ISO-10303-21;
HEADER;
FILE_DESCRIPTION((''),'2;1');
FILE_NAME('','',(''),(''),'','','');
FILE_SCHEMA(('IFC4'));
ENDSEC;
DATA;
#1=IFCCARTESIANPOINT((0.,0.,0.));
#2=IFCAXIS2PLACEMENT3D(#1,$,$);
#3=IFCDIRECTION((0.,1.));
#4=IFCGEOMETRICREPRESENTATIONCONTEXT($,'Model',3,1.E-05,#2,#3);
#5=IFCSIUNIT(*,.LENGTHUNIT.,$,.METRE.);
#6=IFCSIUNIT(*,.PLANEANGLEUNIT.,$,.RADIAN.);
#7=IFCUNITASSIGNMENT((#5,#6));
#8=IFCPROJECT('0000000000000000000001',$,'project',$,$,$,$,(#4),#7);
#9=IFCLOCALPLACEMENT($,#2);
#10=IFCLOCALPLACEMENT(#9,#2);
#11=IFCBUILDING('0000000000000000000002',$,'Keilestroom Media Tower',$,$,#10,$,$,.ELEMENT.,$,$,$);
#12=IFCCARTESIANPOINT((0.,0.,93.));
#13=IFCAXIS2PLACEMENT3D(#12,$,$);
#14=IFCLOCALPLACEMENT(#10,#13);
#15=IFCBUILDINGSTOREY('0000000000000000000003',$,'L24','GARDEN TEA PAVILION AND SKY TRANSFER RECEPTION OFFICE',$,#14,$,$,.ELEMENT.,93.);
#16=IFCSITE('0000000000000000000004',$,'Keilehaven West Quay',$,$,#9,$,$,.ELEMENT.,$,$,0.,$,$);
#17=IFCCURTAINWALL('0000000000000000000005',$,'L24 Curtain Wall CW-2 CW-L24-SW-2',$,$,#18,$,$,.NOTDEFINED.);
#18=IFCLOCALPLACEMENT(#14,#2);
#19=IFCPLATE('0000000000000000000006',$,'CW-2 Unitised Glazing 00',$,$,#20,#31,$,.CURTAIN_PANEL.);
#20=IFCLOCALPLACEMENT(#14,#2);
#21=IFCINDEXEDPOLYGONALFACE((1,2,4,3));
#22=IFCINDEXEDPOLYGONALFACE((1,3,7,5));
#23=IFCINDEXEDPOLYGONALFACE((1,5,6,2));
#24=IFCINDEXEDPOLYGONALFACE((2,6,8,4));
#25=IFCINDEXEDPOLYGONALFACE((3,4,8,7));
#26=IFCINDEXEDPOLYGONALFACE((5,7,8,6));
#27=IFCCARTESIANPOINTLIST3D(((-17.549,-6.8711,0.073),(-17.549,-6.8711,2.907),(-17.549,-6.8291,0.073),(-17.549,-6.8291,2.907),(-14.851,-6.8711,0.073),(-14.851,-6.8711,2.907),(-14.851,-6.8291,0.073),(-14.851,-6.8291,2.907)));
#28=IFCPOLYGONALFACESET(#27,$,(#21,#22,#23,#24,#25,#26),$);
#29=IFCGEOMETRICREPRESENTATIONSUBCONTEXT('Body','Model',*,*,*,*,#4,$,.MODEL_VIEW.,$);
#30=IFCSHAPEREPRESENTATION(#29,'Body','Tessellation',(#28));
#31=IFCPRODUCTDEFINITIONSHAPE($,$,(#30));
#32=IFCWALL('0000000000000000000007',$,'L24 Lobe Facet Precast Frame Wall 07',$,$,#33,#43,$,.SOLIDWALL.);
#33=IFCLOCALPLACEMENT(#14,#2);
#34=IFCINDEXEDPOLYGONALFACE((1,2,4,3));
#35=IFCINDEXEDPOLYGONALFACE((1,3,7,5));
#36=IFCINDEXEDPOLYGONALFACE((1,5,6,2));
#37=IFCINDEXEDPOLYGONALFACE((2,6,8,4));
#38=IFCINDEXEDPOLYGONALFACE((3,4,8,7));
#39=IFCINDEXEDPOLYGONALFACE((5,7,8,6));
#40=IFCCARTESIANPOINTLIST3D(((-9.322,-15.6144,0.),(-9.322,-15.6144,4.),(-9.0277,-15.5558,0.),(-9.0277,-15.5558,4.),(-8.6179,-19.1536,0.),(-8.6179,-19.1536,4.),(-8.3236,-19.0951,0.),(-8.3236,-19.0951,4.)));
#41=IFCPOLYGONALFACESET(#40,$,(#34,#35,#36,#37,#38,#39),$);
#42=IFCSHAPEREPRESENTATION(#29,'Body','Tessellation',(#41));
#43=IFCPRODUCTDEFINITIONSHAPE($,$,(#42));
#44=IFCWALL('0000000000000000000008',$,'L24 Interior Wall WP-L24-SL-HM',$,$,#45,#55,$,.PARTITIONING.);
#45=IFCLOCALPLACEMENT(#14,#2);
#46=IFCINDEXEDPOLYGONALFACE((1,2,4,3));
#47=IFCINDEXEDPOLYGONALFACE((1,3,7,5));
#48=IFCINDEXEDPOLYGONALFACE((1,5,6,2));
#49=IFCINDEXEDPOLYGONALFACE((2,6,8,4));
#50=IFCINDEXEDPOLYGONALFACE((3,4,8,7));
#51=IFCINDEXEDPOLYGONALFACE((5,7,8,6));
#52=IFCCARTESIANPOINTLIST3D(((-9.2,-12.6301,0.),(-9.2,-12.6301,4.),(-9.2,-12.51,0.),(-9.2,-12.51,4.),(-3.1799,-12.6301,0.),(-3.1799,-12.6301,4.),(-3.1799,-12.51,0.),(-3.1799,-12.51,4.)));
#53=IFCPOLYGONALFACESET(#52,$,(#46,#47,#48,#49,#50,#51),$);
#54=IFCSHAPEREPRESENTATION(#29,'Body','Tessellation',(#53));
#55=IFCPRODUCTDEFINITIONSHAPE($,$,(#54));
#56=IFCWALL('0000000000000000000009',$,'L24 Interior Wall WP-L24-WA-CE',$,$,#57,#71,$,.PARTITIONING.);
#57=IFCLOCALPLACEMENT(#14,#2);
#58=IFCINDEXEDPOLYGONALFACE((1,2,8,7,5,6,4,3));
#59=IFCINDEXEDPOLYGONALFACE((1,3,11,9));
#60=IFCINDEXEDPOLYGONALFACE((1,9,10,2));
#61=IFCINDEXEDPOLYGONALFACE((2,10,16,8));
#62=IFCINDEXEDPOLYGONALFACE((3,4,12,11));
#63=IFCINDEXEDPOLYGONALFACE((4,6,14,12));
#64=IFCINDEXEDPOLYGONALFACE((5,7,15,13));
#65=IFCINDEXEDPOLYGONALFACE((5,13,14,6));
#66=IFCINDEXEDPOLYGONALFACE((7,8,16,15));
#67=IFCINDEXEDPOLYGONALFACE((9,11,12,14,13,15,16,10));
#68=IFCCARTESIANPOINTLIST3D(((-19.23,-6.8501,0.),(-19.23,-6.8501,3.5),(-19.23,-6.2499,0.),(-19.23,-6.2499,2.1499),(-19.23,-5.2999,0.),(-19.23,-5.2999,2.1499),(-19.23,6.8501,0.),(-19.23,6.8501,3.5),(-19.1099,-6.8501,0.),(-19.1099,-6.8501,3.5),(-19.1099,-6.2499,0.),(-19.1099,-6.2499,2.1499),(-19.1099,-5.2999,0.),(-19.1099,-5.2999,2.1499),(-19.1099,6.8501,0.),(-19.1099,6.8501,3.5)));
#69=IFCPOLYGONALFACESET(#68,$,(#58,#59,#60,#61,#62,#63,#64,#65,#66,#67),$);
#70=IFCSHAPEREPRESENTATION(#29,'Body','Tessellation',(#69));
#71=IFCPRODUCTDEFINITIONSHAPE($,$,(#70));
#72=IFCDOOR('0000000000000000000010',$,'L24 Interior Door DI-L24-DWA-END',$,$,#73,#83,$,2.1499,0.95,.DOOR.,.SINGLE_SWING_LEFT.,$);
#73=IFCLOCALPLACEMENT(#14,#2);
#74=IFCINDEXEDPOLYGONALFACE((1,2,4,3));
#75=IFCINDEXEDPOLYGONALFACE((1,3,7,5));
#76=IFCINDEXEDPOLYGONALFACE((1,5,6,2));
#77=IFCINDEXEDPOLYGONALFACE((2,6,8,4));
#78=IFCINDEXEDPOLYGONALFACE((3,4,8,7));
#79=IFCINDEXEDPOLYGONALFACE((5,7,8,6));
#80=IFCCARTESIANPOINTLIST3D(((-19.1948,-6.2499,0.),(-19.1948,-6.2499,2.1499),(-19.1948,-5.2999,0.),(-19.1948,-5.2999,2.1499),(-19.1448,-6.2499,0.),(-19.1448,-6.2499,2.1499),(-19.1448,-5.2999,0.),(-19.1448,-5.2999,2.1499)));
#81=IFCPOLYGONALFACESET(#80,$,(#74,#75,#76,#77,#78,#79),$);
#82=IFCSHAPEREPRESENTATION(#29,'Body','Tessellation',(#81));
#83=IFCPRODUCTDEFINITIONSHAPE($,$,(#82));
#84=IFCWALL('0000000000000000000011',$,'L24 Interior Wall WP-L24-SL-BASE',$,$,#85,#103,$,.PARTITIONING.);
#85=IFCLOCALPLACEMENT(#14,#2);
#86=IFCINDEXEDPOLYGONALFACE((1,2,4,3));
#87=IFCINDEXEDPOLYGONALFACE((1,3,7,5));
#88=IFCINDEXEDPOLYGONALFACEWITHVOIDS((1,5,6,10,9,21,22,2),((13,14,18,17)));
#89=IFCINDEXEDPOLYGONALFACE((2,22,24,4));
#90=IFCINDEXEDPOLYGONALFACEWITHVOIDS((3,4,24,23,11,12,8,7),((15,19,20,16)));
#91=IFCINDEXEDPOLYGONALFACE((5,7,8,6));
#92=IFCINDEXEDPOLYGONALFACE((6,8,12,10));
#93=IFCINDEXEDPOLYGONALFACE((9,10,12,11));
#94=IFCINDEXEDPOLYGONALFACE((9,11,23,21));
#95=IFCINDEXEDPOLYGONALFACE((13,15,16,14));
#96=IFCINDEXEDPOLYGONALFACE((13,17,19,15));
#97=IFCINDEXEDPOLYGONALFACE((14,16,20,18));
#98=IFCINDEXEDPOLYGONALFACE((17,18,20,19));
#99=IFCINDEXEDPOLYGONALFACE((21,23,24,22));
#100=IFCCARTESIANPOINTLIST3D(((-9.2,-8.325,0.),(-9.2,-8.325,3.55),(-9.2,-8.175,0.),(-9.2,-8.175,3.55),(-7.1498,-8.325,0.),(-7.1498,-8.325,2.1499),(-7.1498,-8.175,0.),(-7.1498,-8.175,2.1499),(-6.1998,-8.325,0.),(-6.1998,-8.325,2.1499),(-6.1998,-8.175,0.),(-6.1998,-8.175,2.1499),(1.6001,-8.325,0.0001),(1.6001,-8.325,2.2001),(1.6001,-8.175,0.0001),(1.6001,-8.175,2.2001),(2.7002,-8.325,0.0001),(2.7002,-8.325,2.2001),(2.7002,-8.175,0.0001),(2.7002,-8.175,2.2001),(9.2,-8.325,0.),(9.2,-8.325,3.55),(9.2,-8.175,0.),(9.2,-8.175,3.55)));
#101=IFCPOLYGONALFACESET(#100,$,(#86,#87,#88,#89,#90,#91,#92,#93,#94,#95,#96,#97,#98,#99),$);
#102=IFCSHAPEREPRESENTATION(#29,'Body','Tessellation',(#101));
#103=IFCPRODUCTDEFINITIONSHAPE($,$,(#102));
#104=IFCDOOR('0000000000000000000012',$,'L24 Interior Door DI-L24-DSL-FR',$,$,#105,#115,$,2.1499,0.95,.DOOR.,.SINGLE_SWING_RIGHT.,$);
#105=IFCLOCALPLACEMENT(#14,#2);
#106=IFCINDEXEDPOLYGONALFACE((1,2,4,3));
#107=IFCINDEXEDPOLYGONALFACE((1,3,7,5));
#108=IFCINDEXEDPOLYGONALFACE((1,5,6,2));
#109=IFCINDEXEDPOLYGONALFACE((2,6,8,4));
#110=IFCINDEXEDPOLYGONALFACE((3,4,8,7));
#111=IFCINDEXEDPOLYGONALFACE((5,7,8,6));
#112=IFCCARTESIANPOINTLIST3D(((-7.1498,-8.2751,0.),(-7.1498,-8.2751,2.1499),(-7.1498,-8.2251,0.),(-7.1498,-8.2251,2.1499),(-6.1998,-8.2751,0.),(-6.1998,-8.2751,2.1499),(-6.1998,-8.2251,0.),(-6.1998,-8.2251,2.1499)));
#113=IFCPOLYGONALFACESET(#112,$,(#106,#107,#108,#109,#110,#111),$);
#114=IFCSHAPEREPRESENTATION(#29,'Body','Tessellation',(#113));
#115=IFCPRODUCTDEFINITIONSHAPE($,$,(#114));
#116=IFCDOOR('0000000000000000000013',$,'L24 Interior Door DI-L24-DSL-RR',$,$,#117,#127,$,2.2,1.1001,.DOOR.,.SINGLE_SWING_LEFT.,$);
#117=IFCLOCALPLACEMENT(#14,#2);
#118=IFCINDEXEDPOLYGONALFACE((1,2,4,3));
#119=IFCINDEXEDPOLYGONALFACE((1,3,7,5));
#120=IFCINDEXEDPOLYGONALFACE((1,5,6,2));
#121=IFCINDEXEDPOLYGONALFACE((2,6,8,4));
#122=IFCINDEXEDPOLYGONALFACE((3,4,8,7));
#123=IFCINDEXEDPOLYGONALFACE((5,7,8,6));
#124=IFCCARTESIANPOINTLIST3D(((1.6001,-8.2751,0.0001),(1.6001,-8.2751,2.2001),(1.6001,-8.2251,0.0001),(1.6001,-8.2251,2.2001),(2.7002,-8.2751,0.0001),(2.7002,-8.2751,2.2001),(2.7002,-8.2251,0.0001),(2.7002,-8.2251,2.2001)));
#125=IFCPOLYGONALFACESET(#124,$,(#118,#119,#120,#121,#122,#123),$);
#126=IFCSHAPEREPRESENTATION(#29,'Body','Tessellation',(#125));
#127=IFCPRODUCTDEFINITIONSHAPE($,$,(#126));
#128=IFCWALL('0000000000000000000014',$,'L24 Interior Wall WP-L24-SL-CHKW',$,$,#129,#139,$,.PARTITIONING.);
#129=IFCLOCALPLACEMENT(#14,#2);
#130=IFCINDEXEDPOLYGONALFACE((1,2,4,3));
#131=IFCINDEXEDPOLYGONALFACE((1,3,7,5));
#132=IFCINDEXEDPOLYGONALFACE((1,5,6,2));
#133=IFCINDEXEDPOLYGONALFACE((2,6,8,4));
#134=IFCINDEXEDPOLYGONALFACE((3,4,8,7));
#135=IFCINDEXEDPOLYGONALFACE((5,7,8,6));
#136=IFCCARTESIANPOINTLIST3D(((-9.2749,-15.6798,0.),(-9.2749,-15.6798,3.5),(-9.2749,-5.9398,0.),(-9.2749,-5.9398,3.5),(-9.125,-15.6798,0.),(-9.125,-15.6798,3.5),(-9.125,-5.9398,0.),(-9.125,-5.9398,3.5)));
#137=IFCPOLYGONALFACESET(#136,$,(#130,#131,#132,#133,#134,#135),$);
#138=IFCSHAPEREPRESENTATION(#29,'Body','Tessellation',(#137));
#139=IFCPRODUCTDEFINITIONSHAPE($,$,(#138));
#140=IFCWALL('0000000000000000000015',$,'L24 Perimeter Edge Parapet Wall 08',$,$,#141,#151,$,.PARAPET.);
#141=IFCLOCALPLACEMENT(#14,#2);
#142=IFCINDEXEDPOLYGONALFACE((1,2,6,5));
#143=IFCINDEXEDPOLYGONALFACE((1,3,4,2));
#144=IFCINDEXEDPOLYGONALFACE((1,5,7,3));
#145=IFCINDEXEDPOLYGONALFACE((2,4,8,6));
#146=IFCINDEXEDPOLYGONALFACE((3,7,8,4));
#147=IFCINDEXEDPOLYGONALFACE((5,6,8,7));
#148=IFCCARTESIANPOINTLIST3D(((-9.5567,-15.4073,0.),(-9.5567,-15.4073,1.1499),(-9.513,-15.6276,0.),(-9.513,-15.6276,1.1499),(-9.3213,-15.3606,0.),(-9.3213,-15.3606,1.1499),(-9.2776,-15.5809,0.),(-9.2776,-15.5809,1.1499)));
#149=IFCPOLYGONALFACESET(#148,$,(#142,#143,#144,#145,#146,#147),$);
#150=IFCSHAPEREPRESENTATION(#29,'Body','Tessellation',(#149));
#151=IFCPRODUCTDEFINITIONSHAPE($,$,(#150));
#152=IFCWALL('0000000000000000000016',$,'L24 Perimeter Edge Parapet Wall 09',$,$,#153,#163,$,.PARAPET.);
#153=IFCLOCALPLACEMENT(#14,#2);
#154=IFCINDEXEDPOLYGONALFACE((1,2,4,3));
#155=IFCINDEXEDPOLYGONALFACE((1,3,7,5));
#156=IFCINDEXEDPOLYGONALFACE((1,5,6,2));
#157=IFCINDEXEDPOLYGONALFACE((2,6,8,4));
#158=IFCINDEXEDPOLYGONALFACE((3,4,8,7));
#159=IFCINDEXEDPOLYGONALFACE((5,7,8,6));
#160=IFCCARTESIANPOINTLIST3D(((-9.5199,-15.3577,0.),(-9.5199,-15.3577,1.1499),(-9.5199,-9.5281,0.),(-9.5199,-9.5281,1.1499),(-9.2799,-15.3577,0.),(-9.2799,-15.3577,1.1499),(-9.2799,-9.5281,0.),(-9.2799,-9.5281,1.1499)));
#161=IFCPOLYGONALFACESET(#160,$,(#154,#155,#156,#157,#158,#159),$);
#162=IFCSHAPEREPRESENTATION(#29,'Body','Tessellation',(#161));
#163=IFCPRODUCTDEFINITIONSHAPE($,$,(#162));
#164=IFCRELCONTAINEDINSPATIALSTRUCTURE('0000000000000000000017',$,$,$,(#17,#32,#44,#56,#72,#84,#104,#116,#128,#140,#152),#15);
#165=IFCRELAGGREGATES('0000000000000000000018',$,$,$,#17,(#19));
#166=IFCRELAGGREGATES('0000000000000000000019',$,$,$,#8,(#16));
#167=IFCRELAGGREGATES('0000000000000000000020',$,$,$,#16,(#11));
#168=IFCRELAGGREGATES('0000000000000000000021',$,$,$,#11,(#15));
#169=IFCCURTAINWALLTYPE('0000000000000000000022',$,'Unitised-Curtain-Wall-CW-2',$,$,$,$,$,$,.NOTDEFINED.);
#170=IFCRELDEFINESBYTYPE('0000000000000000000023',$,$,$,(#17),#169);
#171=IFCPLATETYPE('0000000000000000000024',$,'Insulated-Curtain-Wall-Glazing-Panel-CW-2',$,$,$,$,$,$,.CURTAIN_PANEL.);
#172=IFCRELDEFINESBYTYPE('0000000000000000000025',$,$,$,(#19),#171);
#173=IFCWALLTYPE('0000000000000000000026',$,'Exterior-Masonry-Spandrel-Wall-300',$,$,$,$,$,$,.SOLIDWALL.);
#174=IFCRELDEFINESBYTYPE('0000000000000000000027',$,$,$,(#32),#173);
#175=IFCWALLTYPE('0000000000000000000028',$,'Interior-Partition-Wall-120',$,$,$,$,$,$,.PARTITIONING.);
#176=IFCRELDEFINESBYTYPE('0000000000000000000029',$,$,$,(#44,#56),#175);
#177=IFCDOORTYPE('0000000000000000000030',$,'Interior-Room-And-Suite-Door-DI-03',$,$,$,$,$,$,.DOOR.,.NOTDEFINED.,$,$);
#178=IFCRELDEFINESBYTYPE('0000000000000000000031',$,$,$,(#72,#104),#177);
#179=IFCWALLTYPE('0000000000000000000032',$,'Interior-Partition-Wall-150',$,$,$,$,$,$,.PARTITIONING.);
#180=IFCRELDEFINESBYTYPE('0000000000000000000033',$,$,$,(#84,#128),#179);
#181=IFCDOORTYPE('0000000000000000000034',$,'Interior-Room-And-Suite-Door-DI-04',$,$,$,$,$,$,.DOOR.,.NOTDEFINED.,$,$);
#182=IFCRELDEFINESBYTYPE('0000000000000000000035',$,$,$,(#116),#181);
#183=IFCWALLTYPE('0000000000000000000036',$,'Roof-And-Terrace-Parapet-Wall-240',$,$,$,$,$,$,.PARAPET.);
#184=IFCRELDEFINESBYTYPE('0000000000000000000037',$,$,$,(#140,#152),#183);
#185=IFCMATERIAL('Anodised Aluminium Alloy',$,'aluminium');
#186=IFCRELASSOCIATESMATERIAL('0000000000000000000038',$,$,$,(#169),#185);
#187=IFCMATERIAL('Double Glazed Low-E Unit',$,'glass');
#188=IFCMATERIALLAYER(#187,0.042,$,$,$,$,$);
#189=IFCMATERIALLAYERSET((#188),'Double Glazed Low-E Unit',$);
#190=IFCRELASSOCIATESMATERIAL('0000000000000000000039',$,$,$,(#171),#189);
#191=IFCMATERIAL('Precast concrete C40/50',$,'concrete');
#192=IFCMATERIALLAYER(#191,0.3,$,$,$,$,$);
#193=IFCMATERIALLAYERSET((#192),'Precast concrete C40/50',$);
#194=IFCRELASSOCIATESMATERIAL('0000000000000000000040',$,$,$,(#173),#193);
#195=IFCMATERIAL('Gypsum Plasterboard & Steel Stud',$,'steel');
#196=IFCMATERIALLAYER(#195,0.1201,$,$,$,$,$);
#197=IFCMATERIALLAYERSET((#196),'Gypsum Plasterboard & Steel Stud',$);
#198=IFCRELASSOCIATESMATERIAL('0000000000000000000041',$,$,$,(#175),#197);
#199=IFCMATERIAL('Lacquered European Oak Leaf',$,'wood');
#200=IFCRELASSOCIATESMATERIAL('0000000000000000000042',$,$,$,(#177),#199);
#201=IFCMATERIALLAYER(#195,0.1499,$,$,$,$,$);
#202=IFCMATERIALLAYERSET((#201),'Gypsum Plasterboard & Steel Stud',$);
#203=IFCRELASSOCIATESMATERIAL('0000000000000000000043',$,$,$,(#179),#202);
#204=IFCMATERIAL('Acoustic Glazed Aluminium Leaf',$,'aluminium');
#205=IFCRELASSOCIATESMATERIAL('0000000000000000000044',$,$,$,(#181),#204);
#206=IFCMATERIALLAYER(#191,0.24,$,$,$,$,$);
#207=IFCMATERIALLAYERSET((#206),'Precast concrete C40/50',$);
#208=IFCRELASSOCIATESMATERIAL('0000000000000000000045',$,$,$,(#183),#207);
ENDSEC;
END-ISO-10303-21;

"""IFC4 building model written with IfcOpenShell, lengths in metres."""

from ifc_helpers import new_model, si_unit, direction, frame, frame_2d, origin, origin_2d, place, context, subcontext, project, spatial, rectangle, extrude, source, transform, mapped, material, layer, layer_set, type_object, element, fill, aggregate, save


model = new_model("IFC4")

# Units and contexts
model_context = context("Model", 3, precision=1e-05, world=origin(), true_north=direction((0.0, 1.0)))
body_context = subcontext(model_context, "Body", "Model", "MODEL_VIEW")
ifc_project = project(units=[si_unit("LENGTHUNIT", "METRE"), si_unit("PLANEANGLEUNIT", "RADIAN")], contexts=[model_context])

# Site, building, storey
site_placement = place(None, origin())
site = spatial("IfcSite", under=ifc_project, at=site_placement, Name="Keilehaven West Quay", CompositionType="ELEMENT", RefElevation=0.0)
building_placement = place(site_placement, origin())
building = spatial("IfcBuilding", under=site, at=building_placement, Name="Keilestroom Media Tower", CompositionType="ELEMENT")
storey_placement = place(building_placement, frame((0.0, 0.0, 93.0)))
storey = spatial("IfcBuildingStorey", under=building, at=storey_placement, Name="L24", Description="GARDEN TEA PAVILION AND SKY TRANSFER RECEPTION OFFICE", CompositionType="ELEMENT", Elevation=93.0)

# Shared definitions
ifc_material_1 = material(Name="Precast concrete C40/50", Category="concrete")

# Shared definitions
ifc_material_2 = material(Name="Anodised Aluminium Alloy", Category="aluminium")
curtain_wall_type = type_object("IfcCurtainWallType", Name="Unitised-Curtain-Wall-CW-2", PredefinedType="NOTDEFINED", material=ifc_material_2)

# Curtain wall
curtain_wall_1_placement = place(storey_placement, origin())
curtain_wall_1 = element("IfcCurtainWall", 1, at=curtain_wall_1_placement, inside=storey, type_object=curtain_wall_type, Name="L24 Curtain Wall CW-2 CW-L24-SW-2", PredefinedType="NOTDEFINED")

# Plate
ifc_material_3 = material(Name="Double Glazed Low-E Unit", Category="glass")
ifc_layer_1 = layer(ifc_material_3, 0.042)
ifc_layer_set_1 = layer_set([ifc_layer_1], Name="Double Glazed Low-E Unit")
plate_type = type_object("IfcPlateType", Name="Insulated-Curtain-Wall-Glazing-Panel-CW-2", PredefinedType="CURTAIN_PANEL", material=ifc_layer_set_1)
shared_shape_1 = source(origin(), body_context, "Body", "SweptSolid", [
    extrude(rectangle(XDim=2.698, YDim=0.042, at=origin_2d()), origin(), (0.0, 0.0, 1.0), 2.834),
])
plate_1_placement = place(storey_placement, frame((-16.2, -6.8501, 0.073), z_axis=(0.0, 0.0, 1.0), x_axis=(1.0, 0.0, 0.0)))
plate_1 = element("IfcPlate", 2, at=plate_1_placement, type_object=plate_type, Name="CW-2 Unitised Glazing 00", PredefinedType="CURTAIN_PANEL", context=body_context, shape_type="MappedRepresentation", body=[
    mapped(shared_shape_1, transform((0.0, 0.0, 0.0), x_axis=(1.0, 0.0, 0.0), y_axis=(0.0, 1.0, 0.0), z_axis=(0.0, 0.0, 1.0), scale=1.0)),
])
aggregate(curtain_wall_1, [plate_1])

# Walls
ifc_layer_2 = layer(ifc_material_1, 0.3)
ifc_layer_set_2 = layer_set([ifc_layer_2], Name="Precast concrete C40/50")
wall_type_1 = type_object("IfcWallType", Name="Exterior-Masonry-Spandrel-Wall-300", PredefinedType="SOLIDWALL", material=ifc_layer_set_2)
wall_1_placement = place(storey_placement, frame((-9.1748, -15.5852, 0.0), z_axis=(0.0, 0.0, 1.0), x_axis=(0.195114, -0.980781, 0.0)))
element("IfcWall", 3, at=wall_1_placement, inside=storey, type_object=wall_type_1, Name="L24 Lobe Facet Precast Frame Wall 07", PredefinedType="SOLIDWALL", context=body_context, shape_type="SweptSolid", body=[
    extrude(rectangle(XDim=3.6086, YDim=0.3, at=frame_2d((1.8042, 0.0))), origin(), (0.0, 0.0, 1.0), 4.0),
])
ifc_material_4 = material(Name="Gypsum Plasterboard & Steel Stud", Category="steel")
ifc_layer_3 = layer(ifc_material_4, 0.1201)
ifc_layer_set_3 = layer_set([ifc_layer_3], Name="Gypsum Plasterboard & Steel Stud")
wall_type_2 = type_object("IfcWallType", Name="Interior-Partition-Wall-120", PredefinedType="PARTITIONING", material=ifc_layer_set_3)
wall_2_placement = place(storey_placement, frame((-9.2, -12.5701, 0.0), z_axis=(0.0, 0.0, 1.0), x_axis=(1.0, 0.0, 0.0)))
element("IfcWall", 4, at=wall_2_placement, inside=storey, type_object=wall_type_2, Name="L24 Interior Wall WP-L24-SL-HM", PredefinedType="PARTITIONING", context=body_context, shape_type="SweptSolid", body=[
    extrude(rectangle(XDim=6.02, YDim=0.1201, at=frame_2d((3.01, 0.0))), origin(), (0.0, 0.0, 1.0), 4.0),
])

# Wall, opening, door
wall_3_placement = place(storey_placement, frame((-19.1699, -6.8501, 0.0), z_axis=(0.0, 0.0, 1.0), x_axis=(0.0, 1.0, 0.0)))
wall_3 = element("IfcWall", 5, at=wall_3_placement, inside=storey, type_object=wall_type_2, Name="L24 Interior Wall WP-L24-WA-CE", PredefinedType="PARTITIONING", context=body_context, shape_type="SweptSolid", body=[
    extrude(rectangle(XDim=13.7002, YDim=0.1201, at=frame_2d((6.8501, 0.0))), origin(), (0.0, 0.0, 1.0), 3.5),
])
opening_1_placement = place(wall_3_placement, frame((0.6001, 0.0, 0.0)))
opening_1 = element("IfcOpeningElement", 6, at=opening_1_placement, cuts=wall_3, PredefinedType="OPENING", context=body_context, shape_type="SweptSolid", body=[
    extrude(rectangle(XDim=0.95, YDim=2.1499, at=frame_2d((0.4751, 1.075))), frame((0.0, 0.0701, 0.0), z_axis=(0.0, -1.0, 0.0), x_axis=(1.0, 0.0, 0.0)), (0.0, 0.0, 1.0), 0.1401),
])
ifc_material_5 = material(Name="Lacquered European Oak Leaf", Category="wood")
door_type_1 = type_object("IfcDoorType", Name="Interior-Room-And-Suite-Door-DI-03", OperationType="NOTDEFINED", PredefinedType="DOOR", material=ifc_material_5)
shared_shape_2 = source(origin(), body_context, "Body", "SweptSolid", [
    extrude(rectangle(XDim=0.95, YDim=2.1499, at=frame_2d((0.4751, 1.075))), frame((0.0, 0.0249, 0.0), z_axis=(0.0, -1.0, 0.0), x_axis=(1.0, 0.0, 0.0)), (0.0, 0.0, 1.0), 0.05),
])
door_1_placement = place(opening_1_placement, origin())
door_1 = element("IfcDoor", 7, at=door_1_placement, inside=storey, type_object=door_type_1, Name="L24 Interior Door DI-L24-DWA-END", OperationType="SINGLE_SWING_LEFT", OverallHeight=2.1499, OverallWidth=0.95, PredefinedType="DOOR", context=body_context, shape_type="MappedRepresentation", body=[
    mapped(shared_shape_2, transform((0.0, 0.0, 0.0), x_axis=(1.0, 0.0, 0.0), y_axis=(0.0, 1.0, 0.0), z_axis=(0.0, 0.0, 1.0), scale=1.0)),
])
fill(opening_1, door_1)

# Wall, openings, doors
ifc_layer_4 = layer(ifc_material_4, 0.1499)
ifc_layer_set_4 = layer_set([ifc_layer_4], Name="Gypsum Plasterboard & Steel Stud")
wall_type_3 = type_object("IfcWallType", Name="Interior-Partition-Wall-150", PredefinedType="PARTITIONING", material=ifc_layer_set_4)
wall_4_placement = place(storey_placement, frame((-9.2, -8.25, 0.0), z_axis=(0.0, 0.0, 1.0), x_axis=(1.0, 0.0, 0.0)))
wall_4 = element("IfcWall", 8, at=wall_4_placement, inside=storey, type_object=wall_type_3, Name="L24 Interior Wall WP-L24-SL-BASE", PredefinedType="PARTITIONING", context=body_context, shape_type="SweptSolid", body=[
    extrude(rectangle(XDim=18.3999, YDim=0.1499, at=frame_2d((9.2, 0.0))), origin(), (0.0, 0.0, 1.0), 3.55),
])
opening_2_placement = place(wall_4_placement, frame((2.05, 0.0, 0.0)))
opening_2 = element("IfcOpeningElement", 9, at=opening_2_placement, cuts=wall_4, PredefinedType="OPENING", context=body_context, shape_type="SweptSolid", body=[
    extrude(rectangle(XDim=0.95, YDim=2.1499, at=frame_2d((0.4751, 1.075))), frame((0.0, 0.085, 0.0), z_axis=(0.0, -1.0, 0.0), x_axis=(1.0, 0.0, 0.0)), (0.0, 0.0, 1.0), 0.1699),
])
opening_3_placement = place(wall_4_placement, frame((10.8, 0.0, 0.0)))
opening_3 = element("IfcOpeningElement", 10, at=opening_3_placement, cuts=wall_4, PredefinedType="OPENING", context=body_context, shape_type="SweptSolid", body=[
    extrude(rectangle(XDim=1.1001, YDim=2.2, at=frame_2d((0.55, 1.1001))), frame((0.0, 0.085, 0.0), z_axis=(0.0, -1.0, 0.0), x_axis=(1.0, 0.0, 0.0)), (0.0, 0.0, 1.0), 0.1699),
])
door_2_placement = place(opening_2_placement, origin())
door_2 = element("IfcDoor", 11, at=door_2_placement, inside=storey, type_object=door_type_1, Name="L24 Interior Door DI-L24-DSL-FR", OperationType="SINGLE_SWING_RIGHT", OverallHeight=2.1499, OverallWidth=0.95, PredefinedType="DOOR", context=body_context, shape_type="MappedRepresentation", body=[
    mapped(shared_shape_2, transform((0.0, 0.0, 0.0), x_axis=(1.0, 0.0, 0.0), y_axis=(0.0, 1.0, 0.0), z_axis=(0.0, 0.0, 1.0), scale=1.0)),
])
fill(opening_2, door_2)
ifc_material_6 = material(Name="Acoustic Glazed Aluminium Leaf", Category="aluminium")
door_type_2 = type_object("IfcDoorType", Name="Interior-Room-And-Suite-Door-DI-04", OperationType="NOTDEFINED", PredefinedType="DOOR", material=ifc_material_6)
shared_shape_3 = source(origin(), body_context, "Body", "SweptSolid", [
    extrude(rectangle(XDim=1.1001, YDim=2.2, at=frame_2d((0.55, 1.1001))), frame((0.0, 0.0249, 0.0), z_axis=(0.0, -1.0, 0.0), x_axis=(1.0, 0.0, 0.0)), (0.0, 0.0, 1.0), 0.05),
])
door_3_placement = place(opening_3_placement, origin())
door_3 = element("IfcDoor", 12, at=door_3_placement, inside=storey, type_object=door_type_2, Name="L24 Interior Door DI-L24-DSL-RR", OperationType="SINGLE_SWING_LEFT", OverallHeight=2.2, OverallWidth=1.1001, PredefinedType="DOOR", context=body_context, shape_type="MappedRepresentation", body=[
    mapped(shared_shape_3, transform((0.0, 0.0, 0.0), x_axis=(1.0, 0.0, 0.0), y_axis=(0.0, 1.0, 0.0), z_axis=(0.0, 0.0, 1.0), scale=1.0)),
])
fill(opening_3, door_3)

# Walls
wall_5_placement = place(storey_placement, frame((-9.2, -15.6799, 0.0), z_axis=(0.0, 0.0, 1.0), x_axis=(0.0, 1.0, 0.0)))
element("IfcWall", 13, at=wall_5_placement, inside=storey, type_object=wall_type_3, Name="L24 Interior Wall WP-L24-SL-CHKW", PredefinedType="PARTITIONING", context=body_context, shape_type="SweptSolid", body=[
    extrude(rectangle(XDim=9.74, YDim=0.1499, at=frame_2d((4.8701, 0.0))), origin(), (0.0, 0.0, 1.0), 3.5),
])
ifc_layer_5 = layer(ifc_material_1, 0.24)
ifc_layer_set_5 = layer_set([ifc_layer_5], Name="Precast concrete C40/50")
wall_type_4 = type_object("IfcWallType", Name="Roof-And-Terrace-Parapet-Wall-240", PredefinedType="PARAPET", material=ifc_layer_set_5)
wall_6_placement = place(storey_placement, frame((-9.3953, -15.6042, 0.0), z_axis=(0.0, 0.0, 1.0), x_axis=(-0.194652, 0.980872, 0.0)))
element("IfcWall", 14, at=wall_6_placement, inside=storey, type_object=wall_type_4, Name="L24 Perimeter Edge Parapet Wall 08", PredefinedType="PARAPET", context=body_context, shape_type="SweptSolid", body=[
    extrude(rectangle(XDim=0.2246, YDim=0.24, at=frame_2d((0.1123, 0.0))), origin(), (0.0, 0.0, 1.0), 1.1499),
])
wall_7_placement = place(storey_placement, frame((-9.3999, -15.3577, 0.0), z_axis=(0.0, 0.0, 1.0), x_axis=(0.0, 1.0, 0.0)))
element("IfcWall", 15, at=wall_7_placement, inside=storey, type_object=wall_type_4, Name="L24 Perimeter Edge Parapet Wall 09", PredefinedType="PARAPET", context=body_context, shape_type="SweptSolid", body=[
    extrude(rectangle(XDim=5.8296, YDim=0.24, at=frame_2d((2.9148, 0.0))), origin(), (0.0, 0.0, 1.0), 1.1499),
])

save(model, "model.ifc")
